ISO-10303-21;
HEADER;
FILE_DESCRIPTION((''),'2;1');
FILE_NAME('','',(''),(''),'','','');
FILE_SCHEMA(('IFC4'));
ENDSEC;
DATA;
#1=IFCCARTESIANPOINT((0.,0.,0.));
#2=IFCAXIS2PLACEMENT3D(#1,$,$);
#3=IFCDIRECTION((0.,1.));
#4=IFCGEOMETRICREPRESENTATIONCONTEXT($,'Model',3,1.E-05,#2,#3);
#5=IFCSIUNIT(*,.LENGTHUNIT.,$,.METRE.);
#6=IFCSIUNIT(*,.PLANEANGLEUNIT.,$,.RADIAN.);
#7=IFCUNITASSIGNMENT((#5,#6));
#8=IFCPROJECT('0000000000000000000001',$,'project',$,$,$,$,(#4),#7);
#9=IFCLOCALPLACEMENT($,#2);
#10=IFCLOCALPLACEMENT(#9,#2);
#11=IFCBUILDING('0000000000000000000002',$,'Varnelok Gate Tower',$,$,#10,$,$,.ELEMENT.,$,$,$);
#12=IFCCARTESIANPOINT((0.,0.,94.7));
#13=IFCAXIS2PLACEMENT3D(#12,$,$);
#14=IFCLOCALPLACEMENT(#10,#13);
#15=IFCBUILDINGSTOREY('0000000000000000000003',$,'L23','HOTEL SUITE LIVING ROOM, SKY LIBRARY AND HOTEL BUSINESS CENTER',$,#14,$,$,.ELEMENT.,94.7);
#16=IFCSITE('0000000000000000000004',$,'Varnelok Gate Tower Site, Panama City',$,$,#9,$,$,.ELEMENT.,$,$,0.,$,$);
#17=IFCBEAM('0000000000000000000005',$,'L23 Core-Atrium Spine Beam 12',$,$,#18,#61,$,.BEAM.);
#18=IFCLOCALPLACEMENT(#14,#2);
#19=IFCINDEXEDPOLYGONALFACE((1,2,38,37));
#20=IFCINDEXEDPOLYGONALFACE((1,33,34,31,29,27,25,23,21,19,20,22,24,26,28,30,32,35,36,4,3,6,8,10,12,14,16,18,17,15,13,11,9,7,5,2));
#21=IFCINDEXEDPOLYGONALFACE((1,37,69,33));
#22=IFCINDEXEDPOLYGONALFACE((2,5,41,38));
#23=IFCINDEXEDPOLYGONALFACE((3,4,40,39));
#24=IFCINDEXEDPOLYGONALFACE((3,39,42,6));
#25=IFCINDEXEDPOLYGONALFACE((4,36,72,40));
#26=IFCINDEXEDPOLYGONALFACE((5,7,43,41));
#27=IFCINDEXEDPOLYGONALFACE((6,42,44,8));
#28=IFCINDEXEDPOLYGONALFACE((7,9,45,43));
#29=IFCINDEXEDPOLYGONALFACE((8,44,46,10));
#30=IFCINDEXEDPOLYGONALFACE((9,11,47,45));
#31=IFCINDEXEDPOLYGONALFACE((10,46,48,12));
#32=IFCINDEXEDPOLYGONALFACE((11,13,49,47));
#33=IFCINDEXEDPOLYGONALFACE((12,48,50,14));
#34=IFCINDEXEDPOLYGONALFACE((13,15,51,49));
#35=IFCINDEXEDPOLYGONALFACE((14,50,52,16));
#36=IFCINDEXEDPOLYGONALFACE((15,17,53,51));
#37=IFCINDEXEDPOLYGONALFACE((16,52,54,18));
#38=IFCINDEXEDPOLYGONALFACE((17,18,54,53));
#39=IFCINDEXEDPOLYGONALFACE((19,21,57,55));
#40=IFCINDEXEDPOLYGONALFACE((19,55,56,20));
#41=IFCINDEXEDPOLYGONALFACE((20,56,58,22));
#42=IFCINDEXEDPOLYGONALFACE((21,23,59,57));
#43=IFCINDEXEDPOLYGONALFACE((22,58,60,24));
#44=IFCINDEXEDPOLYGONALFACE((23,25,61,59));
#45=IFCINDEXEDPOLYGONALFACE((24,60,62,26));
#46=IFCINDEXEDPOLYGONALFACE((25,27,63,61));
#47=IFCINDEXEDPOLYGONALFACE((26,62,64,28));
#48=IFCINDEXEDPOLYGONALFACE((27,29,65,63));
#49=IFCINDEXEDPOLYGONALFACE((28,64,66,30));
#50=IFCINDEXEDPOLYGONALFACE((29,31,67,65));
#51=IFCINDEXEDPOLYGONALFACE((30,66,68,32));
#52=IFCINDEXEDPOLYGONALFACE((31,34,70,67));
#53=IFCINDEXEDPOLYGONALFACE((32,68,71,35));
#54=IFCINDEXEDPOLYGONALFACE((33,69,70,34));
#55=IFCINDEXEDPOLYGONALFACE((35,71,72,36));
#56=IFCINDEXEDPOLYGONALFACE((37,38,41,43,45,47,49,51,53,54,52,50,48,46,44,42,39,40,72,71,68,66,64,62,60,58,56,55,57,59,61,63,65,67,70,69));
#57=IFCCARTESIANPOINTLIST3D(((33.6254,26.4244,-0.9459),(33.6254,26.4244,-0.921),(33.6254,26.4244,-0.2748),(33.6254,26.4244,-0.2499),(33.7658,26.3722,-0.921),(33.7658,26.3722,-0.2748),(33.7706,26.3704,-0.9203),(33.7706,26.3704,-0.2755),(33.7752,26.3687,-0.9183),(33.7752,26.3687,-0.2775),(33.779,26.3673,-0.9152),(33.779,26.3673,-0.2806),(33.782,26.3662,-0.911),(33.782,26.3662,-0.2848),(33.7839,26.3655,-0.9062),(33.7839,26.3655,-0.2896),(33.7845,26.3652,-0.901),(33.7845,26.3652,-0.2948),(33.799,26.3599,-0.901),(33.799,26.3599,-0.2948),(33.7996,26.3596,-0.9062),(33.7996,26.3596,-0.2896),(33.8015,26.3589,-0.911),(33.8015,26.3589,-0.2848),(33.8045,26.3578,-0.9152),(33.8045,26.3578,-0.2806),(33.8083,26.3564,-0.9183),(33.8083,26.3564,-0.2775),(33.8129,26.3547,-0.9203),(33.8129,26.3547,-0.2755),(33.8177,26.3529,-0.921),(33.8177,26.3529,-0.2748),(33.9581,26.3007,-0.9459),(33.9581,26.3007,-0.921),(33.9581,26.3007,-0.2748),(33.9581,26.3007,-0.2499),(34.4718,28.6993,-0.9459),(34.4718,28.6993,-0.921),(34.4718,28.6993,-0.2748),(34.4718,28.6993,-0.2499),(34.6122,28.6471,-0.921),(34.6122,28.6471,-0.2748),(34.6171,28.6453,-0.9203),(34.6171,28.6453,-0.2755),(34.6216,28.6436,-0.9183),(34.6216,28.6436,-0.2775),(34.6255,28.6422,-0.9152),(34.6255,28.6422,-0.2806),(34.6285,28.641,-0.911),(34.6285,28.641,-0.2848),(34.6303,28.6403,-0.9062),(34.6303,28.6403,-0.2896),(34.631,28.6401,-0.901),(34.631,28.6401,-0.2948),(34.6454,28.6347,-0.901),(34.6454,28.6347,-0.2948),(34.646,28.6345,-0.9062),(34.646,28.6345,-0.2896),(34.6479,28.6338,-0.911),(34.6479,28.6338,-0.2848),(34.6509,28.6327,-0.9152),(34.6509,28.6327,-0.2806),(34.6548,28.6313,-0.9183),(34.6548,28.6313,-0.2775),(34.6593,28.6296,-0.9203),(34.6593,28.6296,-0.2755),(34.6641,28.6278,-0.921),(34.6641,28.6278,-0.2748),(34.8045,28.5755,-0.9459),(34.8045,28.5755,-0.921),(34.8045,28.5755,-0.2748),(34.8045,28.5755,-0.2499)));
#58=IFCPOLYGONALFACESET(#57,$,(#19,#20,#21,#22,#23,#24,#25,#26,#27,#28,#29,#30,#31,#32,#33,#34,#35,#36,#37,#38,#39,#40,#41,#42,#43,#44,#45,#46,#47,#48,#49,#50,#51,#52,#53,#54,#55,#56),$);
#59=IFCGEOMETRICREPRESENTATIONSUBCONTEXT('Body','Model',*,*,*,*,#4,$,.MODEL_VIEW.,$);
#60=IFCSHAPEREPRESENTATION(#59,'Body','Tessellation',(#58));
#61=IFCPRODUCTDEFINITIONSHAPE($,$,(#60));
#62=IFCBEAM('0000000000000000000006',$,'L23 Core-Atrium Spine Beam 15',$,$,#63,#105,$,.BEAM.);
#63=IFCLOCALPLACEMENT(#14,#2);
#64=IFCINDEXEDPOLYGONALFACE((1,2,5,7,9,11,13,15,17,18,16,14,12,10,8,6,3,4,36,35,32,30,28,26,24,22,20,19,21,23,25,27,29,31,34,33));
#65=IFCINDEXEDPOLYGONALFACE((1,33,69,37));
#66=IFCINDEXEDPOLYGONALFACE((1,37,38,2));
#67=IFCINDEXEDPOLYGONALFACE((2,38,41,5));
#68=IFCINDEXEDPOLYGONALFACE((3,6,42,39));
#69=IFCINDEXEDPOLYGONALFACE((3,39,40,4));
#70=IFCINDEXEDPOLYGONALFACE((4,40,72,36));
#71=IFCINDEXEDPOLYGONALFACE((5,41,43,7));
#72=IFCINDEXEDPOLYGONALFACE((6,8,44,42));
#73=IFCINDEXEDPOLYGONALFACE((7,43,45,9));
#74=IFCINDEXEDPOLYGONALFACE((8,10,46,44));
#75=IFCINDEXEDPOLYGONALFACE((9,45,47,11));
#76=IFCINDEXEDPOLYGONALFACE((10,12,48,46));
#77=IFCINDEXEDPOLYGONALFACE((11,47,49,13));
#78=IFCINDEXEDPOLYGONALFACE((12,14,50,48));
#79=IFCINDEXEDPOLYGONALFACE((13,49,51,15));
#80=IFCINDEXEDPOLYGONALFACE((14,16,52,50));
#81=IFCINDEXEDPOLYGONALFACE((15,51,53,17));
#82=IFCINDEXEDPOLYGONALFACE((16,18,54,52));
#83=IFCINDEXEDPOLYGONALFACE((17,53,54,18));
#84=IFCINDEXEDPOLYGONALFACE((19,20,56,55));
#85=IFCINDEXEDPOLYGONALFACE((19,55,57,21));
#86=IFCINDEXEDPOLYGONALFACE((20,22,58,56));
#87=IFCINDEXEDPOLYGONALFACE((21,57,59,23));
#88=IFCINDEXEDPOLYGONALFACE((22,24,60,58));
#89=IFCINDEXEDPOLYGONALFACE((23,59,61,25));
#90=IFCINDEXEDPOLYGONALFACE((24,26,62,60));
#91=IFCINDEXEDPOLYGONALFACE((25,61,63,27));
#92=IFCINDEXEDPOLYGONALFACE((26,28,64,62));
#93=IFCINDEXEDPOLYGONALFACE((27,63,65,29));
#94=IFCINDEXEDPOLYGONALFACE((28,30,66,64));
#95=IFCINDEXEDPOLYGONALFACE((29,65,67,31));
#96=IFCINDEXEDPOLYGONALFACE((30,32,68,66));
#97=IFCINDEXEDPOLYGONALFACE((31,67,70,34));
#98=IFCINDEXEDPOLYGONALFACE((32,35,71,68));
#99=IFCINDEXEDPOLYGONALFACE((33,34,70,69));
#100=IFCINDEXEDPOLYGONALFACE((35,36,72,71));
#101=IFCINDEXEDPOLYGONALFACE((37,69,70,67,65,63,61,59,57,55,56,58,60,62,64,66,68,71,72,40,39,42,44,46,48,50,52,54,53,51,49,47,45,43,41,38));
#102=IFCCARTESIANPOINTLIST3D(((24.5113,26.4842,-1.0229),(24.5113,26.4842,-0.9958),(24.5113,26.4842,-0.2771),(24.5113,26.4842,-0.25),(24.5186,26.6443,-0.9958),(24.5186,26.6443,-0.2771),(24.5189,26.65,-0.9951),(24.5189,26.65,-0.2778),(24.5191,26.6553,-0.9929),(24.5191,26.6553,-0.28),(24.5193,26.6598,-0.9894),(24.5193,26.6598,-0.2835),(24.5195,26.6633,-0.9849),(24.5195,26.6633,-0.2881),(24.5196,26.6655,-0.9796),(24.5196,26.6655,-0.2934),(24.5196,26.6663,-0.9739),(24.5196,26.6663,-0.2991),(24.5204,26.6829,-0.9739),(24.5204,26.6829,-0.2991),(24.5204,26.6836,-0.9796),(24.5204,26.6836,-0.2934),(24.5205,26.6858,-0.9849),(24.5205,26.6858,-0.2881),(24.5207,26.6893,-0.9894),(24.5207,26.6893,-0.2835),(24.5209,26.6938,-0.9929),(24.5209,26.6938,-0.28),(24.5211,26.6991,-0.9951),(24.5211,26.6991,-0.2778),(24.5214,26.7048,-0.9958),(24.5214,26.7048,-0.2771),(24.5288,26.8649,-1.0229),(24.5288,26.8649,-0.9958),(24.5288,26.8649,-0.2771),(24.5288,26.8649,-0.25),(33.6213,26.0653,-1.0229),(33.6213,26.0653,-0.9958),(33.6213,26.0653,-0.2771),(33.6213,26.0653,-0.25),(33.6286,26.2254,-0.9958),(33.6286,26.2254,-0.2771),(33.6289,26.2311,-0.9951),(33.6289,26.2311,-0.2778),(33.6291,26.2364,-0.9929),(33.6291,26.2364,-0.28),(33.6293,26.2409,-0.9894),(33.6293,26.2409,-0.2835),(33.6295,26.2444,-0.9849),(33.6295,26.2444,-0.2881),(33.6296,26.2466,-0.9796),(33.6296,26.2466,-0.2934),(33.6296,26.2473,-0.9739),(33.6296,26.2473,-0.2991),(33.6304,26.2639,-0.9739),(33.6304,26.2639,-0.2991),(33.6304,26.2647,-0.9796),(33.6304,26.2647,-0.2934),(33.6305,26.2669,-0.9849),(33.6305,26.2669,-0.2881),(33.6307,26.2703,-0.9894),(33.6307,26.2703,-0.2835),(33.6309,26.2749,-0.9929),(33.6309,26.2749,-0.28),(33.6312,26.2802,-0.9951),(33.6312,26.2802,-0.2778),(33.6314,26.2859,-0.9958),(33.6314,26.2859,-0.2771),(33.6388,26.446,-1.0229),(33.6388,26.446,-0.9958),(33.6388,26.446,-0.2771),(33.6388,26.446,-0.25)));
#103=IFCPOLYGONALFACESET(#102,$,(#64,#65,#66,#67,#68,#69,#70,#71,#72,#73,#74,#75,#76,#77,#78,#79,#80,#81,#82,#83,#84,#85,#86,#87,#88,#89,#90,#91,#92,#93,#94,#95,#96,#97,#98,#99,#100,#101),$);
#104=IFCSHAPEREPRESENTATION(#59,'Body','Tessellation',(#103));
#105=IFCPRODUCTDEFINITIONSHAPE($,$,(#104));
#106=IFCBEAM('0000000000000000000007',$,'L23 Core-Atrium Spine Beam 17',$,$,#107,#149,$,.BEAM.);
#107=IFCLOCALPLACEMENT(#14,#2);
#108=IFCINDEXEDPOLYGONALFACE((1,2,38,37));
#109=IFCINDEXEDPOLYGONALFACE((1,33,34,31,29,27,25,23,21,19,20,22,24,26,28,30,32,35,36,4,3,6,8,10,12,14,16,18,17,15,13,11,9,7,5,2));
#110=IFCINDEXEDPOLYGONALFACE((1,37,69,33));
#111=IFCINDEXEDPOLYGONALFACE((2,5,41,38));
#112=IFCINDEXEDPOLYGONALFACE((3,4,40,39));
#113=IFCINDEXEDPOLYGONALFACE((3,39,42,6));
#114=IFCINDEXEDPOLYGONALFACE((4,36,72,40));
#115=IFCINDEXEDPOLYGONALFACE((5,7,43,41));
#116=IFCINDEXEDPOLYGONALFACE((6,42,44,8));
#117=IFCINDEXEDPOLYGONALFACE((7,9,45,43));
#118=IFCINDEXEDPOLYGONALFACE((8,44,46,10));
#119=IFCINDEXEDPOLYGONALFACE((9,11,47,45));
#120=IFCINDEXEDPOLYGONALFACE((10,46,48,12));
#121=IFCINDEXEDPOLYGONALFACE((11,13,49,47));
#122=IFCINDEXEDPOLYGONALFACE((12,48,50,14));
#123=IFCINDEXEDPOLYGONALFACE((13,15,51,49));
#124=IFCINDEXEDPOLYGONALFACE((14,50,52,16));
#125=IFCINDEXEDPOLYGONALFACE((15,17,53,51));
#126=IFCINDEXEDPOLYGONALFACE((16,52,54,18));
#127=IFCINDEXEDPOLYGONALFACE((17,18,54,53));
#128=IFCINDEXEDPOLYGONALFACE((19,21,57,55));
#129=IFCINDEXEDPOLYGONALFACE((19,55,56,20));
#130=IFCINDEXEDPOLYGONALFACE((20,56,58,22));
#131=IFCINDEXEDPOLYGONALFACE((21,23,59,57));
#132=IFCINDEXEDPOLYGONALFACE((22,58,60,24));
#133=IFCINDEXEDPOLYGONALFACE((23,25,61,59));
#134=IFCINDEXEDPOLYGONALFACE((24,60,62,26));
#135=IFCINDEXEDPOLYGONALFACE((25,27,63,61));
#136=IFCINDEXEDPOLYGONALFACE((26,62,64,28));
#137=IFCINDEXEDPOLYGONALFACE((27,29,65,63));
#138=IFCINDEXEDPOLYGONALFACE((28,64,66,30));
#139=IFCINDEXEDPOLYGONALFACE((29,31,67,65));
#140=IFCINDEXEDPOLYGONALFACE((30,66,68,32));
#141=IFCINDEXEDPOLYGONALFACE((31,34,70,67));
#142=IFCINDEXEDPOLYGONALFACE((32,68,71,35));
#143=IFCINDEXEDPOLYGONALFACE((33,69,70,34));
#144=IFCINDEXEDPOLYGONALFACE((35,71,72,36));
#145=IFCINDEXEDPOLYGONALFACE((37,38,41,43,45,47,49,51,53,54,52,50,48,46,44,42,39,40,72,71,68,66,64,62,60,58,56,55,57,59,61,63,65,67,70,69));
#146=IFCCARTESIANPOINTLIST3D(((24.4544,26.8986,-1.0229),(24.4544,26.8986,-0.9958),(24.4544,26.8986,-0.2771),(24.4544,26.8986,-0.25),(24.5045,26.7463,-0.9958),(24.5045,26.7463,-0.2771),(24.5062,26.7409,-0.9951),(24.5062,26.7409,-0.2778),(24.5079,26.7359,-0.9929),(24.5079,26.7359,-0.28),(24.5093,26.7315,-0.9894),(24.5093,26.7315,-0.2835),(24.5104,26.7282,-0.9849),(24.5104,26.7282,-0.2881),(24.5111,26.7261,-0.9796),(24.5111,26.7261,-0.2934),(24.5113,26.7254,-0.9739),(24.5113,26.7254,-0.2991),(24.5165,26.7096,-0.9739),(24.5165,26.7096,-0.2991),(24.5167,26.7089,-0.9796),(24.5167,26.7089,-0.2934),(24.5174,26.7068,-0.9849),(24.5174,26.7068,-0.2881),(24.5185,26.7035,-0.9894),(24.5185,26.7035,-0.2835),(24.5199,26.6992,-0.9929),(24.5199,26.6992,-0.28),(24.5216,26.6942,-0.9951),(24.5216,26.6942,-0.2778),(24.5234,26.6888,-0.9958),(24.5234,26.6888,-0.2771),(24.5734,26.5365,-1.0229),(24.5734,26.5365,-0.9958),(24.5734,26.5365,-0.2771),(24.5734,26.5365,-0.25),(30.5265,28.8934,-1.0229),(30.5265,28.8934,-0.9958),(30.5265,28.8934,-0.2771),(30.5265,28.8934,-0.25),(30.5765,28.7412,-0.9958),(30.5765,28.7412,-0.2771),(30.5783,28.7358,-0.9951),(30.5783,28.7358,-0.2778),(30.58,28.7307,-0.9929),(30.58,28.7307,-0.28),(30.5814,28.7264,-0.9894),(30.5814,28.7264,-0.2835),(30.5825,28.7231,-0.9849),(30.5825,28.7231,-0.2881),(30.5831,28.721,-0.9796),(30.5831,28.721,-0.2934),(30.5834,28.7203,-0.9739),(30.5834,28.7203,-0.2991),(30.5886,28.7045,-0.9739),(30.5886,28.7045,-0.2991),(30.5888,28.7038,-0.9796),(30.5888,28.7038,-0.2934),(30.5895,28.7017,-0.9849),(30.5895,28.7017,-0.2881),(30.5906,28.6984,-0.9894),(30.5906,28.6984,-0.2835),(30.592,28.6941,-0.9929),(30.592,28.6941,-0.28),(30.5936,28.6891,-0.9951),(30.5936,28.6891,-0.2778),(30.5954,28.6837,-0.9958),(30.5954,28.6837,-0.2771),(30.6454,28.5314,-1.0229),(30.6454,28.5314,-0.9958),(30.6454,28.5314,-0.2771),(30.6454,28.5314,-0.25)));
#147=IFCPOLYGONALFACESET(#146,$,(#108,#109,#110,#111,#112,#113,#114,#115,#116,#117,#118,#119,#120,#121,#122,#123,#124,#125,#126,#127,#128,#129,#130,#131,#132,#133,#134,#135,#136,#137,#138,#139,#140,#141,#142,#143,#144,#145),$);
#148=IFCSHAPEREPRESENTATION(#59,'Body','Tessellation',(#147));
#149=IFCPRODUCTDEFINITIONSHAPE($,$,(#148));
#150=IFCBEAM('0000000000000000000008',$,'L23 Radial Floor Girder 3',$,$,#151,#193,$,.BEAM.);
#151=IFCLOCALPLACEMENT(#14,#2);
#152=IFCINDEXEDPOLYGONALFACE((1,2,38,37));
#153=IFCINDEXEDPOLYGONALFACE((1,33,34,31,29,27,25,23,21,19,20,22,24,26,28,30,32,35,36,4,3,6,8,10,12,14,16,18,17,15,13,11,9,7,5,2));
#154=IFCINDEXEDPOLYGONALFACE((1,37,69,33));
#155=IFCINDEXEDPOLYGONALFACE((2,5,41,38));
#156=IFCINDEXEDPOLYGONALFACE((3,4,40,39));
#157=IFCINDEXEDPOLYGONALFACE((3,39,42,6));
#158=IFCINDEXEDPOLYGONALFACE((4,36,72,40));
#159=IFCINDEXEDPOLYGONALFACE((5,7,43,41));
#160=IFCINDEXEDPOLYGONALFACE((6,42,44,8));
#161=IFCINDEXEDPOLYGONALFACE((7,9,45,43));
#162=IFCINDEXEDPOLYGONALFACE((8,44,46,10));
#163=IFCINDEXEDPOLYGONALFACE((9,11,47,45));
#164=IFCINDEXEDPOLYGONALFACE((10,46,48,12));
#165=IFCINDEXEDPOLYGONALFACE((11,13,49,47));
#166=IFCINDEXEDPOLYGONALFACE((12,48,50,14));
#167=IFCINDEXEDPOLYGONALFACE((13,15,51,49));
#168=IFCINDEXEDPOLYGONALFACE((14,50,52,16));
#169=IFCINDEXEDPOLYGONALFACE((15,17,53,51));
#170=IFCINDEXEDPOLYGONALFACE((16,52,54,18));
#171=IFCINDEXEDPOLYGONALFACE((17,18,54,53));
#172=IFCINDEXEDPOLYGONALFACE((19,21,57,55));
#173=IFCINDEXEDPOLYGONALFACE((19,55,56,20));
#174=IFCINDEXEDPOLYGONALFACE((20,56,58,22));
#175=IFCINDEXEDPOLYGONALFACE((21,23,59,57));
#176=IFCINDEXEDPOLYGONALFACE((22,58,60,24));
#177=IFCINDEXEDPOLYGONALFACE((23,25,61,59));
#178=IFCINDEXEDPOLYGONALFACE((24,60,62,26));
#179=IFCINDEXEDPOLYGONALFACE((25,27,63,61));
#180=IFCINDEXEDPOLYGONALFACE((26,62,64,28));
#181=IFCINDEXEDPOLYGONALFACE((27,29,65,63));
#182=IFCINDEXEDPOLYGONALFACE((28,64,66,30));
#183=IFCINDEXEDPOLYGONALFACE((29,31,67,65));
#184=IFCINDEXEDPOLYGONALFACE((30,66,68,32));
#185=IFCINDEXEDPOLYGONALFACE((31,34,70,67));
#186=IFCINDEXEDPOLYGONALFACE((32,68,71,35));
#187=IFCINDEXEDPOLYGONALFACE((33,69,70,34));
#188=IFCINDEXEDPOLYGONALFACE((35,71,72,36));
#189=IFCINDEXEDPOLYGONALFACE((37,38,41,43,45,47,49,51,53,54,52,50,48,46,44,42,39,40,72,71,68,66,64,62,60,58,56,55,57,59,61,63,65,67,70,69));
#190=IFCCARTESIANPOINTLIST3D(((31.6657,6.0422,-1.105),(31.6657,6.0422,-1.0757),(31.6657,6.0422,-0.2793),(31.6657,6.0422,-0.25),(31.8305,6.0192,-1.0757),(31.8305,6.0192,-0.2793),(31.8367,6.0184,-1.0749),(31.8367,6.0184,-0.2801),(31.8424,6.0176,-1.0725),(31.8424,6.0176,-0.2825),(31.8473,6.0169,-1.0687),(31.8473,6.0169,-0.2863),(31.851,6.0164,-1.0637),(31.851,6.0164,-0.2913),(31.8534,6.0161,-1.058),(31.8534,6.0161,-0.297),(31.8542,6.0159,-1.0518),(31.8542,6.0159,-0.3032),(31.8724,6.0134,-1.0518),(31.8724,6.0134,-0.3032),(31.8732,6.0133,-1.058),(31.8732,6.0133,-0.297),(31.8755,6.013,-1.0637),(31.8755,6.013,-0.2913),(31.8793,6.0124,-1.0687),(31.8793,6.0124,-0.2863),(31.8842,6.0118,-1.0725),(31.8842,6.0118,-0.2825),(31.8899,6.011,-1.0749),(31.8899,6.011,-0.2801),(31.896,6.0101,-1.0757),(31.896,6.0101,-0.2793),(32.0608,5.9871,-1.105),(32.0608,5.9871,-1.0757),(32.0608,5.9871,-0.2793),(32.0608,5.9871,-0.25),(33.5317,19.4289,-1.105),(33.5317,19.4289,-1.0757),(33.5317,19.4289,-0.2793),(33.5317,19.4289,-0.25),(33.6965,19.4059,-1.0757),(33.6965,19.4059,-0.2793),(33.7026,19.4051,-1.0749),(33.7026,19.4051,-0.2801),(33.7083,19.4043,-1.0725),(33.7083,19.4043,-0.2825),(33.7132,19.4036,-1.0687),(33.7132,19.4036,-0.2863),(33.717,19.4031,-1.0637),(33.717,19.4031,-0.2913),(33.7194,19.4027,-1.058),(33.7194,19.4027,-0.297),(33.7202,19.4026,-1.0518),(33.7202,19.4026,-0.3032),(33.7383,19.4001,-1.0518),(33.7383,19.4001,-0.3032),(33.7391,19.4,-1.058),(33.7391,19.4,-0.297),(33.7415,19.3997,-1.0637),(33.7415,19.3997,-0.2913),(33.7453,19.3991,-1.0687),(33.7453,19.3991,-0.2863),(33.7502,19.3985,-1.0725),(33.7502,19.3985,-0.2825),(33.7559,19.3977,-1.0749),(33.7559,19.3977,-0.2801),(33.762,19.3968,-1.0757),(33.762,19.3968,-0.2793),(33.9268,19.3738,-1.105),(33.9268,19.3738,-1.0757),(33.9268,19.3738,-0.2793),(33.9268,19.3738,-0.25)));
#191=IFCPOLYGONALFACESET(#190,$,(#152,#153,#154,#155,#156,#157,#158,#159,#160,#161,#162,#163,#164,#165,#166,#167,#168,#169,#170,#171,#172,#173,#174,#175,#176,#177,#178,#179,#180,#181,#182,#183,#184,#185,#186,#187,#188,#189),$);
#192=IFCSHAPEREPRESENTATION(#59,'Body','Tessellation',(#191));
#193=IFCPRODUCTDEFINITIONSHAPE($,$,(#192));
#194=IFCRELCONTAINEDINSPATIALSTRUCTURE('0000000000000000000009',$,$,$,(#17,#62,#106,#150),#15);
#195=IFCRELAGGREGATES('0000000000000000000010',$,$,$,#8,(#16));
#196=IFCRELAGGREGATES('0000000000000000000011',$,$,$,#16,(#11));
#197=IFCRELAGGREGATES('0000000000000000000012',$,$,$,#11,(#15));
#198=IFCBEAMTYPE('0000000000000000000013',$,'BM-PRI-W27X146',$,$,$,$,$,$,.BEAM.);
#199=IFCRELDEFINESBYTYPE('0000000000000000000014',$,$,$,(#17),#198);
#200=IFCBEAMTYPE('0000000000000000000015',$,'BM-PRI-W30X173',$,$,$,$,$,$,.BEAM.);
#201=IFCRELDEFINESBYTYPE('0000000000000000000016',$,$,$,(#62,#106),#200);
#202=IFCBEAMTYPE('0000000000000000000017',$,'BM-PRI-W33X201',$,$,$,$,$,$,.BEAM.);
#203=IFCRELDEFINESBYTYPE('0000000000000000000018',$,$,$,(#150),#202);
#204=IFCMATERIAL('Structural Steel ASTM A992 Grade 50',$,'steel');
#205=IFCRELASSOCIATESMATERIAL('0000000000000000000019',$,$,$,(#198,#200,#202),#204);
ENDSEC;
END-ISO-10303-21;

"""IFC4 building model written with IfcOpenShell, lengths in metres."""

from ifc_helpers import new_model, si_unit, direction, frame, origin, origin_2d, place, context, subcontext, project, spatial, i_section, extrude, material, material_profile, profile_set, type_object, element, save


model = new_model("IFC4")

# Units and contexts
model_context = context("Model", 3, precision=1e-05, world=origin(), true_north=direction((0.0, 1.0)))
body_context = subcontext(model_context, "Body", "Model", "MODEL_VIEW")
ifc_project = project(units=[si_unit("LENGTHUNIT", "METRE"), si_unit("PLANEANGLEUNIT", "RADIAN")], contexts=[model_context])

# Site, building, storey
site_placement = place(None, origin())
site = spatial("IfcSite", under=ifc_project, at=site_placement, Name="Varnelok Gate Tower Site, Panama City", CompositionType="ELEMENT", RefElevation=0.0)
building_placement = place(site_placement, origin())
building = spatial("IfcBuilding", under=site, at=building_placement, Name="Varnelok Gate Tower", CompositionType="ELEMENT")
storey_placement = place(building_placement, frame((0.0, 0.0, 94.7)))
storey = spatial("IfcBuildingStorey", under=building, at=storey_placement, Name="L23", Description="HOTEL SUITE LIVING ROOM, SKY LIBRARY AND HOTEL BUSINESS CENTER", CompositionType="ELEMENT", Elevation=94.7)

# Shared definitions
ifc_material_1 = material(Name="Structural Steel ASTM A992 Grade 50", Category="steel")

# Beams
ifc_material_profile_1 = material_profile(ifc_material_1, i_section(OverallWidth=0.355, OverallDepth=0.696, WebThickness=0.0154, FlangeThickness=0.0249, FilletRadius=0.02, at=origin_2d()), Name="W27X146")
ifc_profile_set_1 = profile_set([ifc_material_profile_1], Name="Structural Steel ASTM A992 Grade 50")
beam_type_1 = type_object("IfcBeamType", Name="BM-PRI-W27X146", PredefinedType="BEAM", material=ifc_profile_set_1)
beam_1_placement = place(storey_placement, frame((33.7917, 26.3625, -0.5979), z_axis=(0.348719, 0.937227, 0.0), x_axis=(-0.937227, 0.348719, 0.0)))
element("IfcBeam", 1, at=beam_1_placement, inside=storey, type_object=beam_type_1, Name="L23 Core-Atrium Spine Beam 12", PredefinedType="BEAM", context=body_context, shape_type="SweptSolid", body=[
    extrude(i_section(OverallWidth=0.355, OverallDepth=0.696, WebThickness=0.0154, FlangeThickness=0.0249, FilletRadius=0.02, at=origin_2d()), origin(), (0.0, 0.0, 1.0), 2.4272),
])
ifc_material_profile_2 = material_profile(ifc_material_1, i_section(OverallWidth=0.3811, OverallDepth=0.7729, WebThickness=0.0166, FlangeThickness=0.0271, FilletRadius=0.022, at=origin_2d()), Name="W30X173")
ifc_profile_set_2 = profile_set([ifc_material_profile_2], Name="Structural Steel ASTM A992 Grade 50")
beam_type_2 = type_object("IfcBeamType", Name="BM-PRI-W30X173", PredefinedType="BEAM", material=ifc_profile_set_2)
beam_2_placement = place(storey_placement, frame((24.52, 26.6746, -0.6365), z_axis=(0.998944, -0.045938, 0.0), x_axis=(0.045938, 0.998944, 0.0)))
element("IfcBeam", 2, at=beam_2_placement, inside=storey, type_object=beam_type_2, Name="L23 Core-Atrium Spine Beam 15", PredefinedType="BEAM", context=body_context, shape_type="SweptSolid", body=[
    extrude(i_section(OverallWidth=0.3811, OverallDepth=0.7729, WebThickness=0.0166, FlangeThickness=0.0271, FilletRadius=0.022, at=origin_2d()), origin(), (0.0, 0.0, 1.0), 9.1196),
])
beam_3_placement = place(storey_placement, frame((24.5139, 26.7175, -0.6365), z_axis=(0.950042, 0.312122, 0.0), x_axis=(-0.312122, 0.950042, 0.0)))
element("IfcBeam", 3, at=beam_3_placement, inside=storey, type_object=beam_type_2, Name="L23 Core-Atrium Spine Beam 17", PredefinedType="BEAM", context=body_context, shape_type="SweptSolid", body=[
    extrude(i_section(OverallWidth=0.3811, OverallDepth=0.7729, WebThickness=0.0166, FlangeThickness=0.0271, FilletRadius=0.022, at=origin_2d()), origin(), (0.0, 0.0, 1.0), 6.3914),
])
ifc_material_profile_3 = material_profile(ifc_material_1, i_section(OverallWidth=0.3989, OverallDepth=0.855, WebThickness=0.0183, FlangeThickness=0.0293, FilletRadius=0.0239, at=origin_2d()), Name="W33X201")
ifc_profile_set_3 = profile_set([ifc_material_profile_3], Name="Structural Steel ASTM A992 Grade 50")
beam_type_3 = type_object("IfcBeamType", Name="BM-PRI-W33X201", PredefinedType="BEAM", material=ifc_profile_set_3)
beam_4_placement = place(storey_placement, frame((33.7292, 19.4014, -0.6775), z_axis=(-0.138055, -0.990425, 0.0), x_axis=(0.990425, -0.138055, 0.0)))
element("IfcBeam", 4, at=beam_4_placement, inside=storey, type_object=beam_type_3, Name="L23 Radial Floor Girder 3", PredefinedType="BEAM", context=body_context, shape_type="SweptSolid", body=[
    extrude(i_section(OverallWidth=0.3989, OverallDepth=0.855, WebThickness=0.0183, FlangeThickness=0.0293, FilletRadius=0.0239, at=origin_2d()), origin(), (0.0, 0.0, 1.0), 13.5161),
])

save(model, "model.ifc")
